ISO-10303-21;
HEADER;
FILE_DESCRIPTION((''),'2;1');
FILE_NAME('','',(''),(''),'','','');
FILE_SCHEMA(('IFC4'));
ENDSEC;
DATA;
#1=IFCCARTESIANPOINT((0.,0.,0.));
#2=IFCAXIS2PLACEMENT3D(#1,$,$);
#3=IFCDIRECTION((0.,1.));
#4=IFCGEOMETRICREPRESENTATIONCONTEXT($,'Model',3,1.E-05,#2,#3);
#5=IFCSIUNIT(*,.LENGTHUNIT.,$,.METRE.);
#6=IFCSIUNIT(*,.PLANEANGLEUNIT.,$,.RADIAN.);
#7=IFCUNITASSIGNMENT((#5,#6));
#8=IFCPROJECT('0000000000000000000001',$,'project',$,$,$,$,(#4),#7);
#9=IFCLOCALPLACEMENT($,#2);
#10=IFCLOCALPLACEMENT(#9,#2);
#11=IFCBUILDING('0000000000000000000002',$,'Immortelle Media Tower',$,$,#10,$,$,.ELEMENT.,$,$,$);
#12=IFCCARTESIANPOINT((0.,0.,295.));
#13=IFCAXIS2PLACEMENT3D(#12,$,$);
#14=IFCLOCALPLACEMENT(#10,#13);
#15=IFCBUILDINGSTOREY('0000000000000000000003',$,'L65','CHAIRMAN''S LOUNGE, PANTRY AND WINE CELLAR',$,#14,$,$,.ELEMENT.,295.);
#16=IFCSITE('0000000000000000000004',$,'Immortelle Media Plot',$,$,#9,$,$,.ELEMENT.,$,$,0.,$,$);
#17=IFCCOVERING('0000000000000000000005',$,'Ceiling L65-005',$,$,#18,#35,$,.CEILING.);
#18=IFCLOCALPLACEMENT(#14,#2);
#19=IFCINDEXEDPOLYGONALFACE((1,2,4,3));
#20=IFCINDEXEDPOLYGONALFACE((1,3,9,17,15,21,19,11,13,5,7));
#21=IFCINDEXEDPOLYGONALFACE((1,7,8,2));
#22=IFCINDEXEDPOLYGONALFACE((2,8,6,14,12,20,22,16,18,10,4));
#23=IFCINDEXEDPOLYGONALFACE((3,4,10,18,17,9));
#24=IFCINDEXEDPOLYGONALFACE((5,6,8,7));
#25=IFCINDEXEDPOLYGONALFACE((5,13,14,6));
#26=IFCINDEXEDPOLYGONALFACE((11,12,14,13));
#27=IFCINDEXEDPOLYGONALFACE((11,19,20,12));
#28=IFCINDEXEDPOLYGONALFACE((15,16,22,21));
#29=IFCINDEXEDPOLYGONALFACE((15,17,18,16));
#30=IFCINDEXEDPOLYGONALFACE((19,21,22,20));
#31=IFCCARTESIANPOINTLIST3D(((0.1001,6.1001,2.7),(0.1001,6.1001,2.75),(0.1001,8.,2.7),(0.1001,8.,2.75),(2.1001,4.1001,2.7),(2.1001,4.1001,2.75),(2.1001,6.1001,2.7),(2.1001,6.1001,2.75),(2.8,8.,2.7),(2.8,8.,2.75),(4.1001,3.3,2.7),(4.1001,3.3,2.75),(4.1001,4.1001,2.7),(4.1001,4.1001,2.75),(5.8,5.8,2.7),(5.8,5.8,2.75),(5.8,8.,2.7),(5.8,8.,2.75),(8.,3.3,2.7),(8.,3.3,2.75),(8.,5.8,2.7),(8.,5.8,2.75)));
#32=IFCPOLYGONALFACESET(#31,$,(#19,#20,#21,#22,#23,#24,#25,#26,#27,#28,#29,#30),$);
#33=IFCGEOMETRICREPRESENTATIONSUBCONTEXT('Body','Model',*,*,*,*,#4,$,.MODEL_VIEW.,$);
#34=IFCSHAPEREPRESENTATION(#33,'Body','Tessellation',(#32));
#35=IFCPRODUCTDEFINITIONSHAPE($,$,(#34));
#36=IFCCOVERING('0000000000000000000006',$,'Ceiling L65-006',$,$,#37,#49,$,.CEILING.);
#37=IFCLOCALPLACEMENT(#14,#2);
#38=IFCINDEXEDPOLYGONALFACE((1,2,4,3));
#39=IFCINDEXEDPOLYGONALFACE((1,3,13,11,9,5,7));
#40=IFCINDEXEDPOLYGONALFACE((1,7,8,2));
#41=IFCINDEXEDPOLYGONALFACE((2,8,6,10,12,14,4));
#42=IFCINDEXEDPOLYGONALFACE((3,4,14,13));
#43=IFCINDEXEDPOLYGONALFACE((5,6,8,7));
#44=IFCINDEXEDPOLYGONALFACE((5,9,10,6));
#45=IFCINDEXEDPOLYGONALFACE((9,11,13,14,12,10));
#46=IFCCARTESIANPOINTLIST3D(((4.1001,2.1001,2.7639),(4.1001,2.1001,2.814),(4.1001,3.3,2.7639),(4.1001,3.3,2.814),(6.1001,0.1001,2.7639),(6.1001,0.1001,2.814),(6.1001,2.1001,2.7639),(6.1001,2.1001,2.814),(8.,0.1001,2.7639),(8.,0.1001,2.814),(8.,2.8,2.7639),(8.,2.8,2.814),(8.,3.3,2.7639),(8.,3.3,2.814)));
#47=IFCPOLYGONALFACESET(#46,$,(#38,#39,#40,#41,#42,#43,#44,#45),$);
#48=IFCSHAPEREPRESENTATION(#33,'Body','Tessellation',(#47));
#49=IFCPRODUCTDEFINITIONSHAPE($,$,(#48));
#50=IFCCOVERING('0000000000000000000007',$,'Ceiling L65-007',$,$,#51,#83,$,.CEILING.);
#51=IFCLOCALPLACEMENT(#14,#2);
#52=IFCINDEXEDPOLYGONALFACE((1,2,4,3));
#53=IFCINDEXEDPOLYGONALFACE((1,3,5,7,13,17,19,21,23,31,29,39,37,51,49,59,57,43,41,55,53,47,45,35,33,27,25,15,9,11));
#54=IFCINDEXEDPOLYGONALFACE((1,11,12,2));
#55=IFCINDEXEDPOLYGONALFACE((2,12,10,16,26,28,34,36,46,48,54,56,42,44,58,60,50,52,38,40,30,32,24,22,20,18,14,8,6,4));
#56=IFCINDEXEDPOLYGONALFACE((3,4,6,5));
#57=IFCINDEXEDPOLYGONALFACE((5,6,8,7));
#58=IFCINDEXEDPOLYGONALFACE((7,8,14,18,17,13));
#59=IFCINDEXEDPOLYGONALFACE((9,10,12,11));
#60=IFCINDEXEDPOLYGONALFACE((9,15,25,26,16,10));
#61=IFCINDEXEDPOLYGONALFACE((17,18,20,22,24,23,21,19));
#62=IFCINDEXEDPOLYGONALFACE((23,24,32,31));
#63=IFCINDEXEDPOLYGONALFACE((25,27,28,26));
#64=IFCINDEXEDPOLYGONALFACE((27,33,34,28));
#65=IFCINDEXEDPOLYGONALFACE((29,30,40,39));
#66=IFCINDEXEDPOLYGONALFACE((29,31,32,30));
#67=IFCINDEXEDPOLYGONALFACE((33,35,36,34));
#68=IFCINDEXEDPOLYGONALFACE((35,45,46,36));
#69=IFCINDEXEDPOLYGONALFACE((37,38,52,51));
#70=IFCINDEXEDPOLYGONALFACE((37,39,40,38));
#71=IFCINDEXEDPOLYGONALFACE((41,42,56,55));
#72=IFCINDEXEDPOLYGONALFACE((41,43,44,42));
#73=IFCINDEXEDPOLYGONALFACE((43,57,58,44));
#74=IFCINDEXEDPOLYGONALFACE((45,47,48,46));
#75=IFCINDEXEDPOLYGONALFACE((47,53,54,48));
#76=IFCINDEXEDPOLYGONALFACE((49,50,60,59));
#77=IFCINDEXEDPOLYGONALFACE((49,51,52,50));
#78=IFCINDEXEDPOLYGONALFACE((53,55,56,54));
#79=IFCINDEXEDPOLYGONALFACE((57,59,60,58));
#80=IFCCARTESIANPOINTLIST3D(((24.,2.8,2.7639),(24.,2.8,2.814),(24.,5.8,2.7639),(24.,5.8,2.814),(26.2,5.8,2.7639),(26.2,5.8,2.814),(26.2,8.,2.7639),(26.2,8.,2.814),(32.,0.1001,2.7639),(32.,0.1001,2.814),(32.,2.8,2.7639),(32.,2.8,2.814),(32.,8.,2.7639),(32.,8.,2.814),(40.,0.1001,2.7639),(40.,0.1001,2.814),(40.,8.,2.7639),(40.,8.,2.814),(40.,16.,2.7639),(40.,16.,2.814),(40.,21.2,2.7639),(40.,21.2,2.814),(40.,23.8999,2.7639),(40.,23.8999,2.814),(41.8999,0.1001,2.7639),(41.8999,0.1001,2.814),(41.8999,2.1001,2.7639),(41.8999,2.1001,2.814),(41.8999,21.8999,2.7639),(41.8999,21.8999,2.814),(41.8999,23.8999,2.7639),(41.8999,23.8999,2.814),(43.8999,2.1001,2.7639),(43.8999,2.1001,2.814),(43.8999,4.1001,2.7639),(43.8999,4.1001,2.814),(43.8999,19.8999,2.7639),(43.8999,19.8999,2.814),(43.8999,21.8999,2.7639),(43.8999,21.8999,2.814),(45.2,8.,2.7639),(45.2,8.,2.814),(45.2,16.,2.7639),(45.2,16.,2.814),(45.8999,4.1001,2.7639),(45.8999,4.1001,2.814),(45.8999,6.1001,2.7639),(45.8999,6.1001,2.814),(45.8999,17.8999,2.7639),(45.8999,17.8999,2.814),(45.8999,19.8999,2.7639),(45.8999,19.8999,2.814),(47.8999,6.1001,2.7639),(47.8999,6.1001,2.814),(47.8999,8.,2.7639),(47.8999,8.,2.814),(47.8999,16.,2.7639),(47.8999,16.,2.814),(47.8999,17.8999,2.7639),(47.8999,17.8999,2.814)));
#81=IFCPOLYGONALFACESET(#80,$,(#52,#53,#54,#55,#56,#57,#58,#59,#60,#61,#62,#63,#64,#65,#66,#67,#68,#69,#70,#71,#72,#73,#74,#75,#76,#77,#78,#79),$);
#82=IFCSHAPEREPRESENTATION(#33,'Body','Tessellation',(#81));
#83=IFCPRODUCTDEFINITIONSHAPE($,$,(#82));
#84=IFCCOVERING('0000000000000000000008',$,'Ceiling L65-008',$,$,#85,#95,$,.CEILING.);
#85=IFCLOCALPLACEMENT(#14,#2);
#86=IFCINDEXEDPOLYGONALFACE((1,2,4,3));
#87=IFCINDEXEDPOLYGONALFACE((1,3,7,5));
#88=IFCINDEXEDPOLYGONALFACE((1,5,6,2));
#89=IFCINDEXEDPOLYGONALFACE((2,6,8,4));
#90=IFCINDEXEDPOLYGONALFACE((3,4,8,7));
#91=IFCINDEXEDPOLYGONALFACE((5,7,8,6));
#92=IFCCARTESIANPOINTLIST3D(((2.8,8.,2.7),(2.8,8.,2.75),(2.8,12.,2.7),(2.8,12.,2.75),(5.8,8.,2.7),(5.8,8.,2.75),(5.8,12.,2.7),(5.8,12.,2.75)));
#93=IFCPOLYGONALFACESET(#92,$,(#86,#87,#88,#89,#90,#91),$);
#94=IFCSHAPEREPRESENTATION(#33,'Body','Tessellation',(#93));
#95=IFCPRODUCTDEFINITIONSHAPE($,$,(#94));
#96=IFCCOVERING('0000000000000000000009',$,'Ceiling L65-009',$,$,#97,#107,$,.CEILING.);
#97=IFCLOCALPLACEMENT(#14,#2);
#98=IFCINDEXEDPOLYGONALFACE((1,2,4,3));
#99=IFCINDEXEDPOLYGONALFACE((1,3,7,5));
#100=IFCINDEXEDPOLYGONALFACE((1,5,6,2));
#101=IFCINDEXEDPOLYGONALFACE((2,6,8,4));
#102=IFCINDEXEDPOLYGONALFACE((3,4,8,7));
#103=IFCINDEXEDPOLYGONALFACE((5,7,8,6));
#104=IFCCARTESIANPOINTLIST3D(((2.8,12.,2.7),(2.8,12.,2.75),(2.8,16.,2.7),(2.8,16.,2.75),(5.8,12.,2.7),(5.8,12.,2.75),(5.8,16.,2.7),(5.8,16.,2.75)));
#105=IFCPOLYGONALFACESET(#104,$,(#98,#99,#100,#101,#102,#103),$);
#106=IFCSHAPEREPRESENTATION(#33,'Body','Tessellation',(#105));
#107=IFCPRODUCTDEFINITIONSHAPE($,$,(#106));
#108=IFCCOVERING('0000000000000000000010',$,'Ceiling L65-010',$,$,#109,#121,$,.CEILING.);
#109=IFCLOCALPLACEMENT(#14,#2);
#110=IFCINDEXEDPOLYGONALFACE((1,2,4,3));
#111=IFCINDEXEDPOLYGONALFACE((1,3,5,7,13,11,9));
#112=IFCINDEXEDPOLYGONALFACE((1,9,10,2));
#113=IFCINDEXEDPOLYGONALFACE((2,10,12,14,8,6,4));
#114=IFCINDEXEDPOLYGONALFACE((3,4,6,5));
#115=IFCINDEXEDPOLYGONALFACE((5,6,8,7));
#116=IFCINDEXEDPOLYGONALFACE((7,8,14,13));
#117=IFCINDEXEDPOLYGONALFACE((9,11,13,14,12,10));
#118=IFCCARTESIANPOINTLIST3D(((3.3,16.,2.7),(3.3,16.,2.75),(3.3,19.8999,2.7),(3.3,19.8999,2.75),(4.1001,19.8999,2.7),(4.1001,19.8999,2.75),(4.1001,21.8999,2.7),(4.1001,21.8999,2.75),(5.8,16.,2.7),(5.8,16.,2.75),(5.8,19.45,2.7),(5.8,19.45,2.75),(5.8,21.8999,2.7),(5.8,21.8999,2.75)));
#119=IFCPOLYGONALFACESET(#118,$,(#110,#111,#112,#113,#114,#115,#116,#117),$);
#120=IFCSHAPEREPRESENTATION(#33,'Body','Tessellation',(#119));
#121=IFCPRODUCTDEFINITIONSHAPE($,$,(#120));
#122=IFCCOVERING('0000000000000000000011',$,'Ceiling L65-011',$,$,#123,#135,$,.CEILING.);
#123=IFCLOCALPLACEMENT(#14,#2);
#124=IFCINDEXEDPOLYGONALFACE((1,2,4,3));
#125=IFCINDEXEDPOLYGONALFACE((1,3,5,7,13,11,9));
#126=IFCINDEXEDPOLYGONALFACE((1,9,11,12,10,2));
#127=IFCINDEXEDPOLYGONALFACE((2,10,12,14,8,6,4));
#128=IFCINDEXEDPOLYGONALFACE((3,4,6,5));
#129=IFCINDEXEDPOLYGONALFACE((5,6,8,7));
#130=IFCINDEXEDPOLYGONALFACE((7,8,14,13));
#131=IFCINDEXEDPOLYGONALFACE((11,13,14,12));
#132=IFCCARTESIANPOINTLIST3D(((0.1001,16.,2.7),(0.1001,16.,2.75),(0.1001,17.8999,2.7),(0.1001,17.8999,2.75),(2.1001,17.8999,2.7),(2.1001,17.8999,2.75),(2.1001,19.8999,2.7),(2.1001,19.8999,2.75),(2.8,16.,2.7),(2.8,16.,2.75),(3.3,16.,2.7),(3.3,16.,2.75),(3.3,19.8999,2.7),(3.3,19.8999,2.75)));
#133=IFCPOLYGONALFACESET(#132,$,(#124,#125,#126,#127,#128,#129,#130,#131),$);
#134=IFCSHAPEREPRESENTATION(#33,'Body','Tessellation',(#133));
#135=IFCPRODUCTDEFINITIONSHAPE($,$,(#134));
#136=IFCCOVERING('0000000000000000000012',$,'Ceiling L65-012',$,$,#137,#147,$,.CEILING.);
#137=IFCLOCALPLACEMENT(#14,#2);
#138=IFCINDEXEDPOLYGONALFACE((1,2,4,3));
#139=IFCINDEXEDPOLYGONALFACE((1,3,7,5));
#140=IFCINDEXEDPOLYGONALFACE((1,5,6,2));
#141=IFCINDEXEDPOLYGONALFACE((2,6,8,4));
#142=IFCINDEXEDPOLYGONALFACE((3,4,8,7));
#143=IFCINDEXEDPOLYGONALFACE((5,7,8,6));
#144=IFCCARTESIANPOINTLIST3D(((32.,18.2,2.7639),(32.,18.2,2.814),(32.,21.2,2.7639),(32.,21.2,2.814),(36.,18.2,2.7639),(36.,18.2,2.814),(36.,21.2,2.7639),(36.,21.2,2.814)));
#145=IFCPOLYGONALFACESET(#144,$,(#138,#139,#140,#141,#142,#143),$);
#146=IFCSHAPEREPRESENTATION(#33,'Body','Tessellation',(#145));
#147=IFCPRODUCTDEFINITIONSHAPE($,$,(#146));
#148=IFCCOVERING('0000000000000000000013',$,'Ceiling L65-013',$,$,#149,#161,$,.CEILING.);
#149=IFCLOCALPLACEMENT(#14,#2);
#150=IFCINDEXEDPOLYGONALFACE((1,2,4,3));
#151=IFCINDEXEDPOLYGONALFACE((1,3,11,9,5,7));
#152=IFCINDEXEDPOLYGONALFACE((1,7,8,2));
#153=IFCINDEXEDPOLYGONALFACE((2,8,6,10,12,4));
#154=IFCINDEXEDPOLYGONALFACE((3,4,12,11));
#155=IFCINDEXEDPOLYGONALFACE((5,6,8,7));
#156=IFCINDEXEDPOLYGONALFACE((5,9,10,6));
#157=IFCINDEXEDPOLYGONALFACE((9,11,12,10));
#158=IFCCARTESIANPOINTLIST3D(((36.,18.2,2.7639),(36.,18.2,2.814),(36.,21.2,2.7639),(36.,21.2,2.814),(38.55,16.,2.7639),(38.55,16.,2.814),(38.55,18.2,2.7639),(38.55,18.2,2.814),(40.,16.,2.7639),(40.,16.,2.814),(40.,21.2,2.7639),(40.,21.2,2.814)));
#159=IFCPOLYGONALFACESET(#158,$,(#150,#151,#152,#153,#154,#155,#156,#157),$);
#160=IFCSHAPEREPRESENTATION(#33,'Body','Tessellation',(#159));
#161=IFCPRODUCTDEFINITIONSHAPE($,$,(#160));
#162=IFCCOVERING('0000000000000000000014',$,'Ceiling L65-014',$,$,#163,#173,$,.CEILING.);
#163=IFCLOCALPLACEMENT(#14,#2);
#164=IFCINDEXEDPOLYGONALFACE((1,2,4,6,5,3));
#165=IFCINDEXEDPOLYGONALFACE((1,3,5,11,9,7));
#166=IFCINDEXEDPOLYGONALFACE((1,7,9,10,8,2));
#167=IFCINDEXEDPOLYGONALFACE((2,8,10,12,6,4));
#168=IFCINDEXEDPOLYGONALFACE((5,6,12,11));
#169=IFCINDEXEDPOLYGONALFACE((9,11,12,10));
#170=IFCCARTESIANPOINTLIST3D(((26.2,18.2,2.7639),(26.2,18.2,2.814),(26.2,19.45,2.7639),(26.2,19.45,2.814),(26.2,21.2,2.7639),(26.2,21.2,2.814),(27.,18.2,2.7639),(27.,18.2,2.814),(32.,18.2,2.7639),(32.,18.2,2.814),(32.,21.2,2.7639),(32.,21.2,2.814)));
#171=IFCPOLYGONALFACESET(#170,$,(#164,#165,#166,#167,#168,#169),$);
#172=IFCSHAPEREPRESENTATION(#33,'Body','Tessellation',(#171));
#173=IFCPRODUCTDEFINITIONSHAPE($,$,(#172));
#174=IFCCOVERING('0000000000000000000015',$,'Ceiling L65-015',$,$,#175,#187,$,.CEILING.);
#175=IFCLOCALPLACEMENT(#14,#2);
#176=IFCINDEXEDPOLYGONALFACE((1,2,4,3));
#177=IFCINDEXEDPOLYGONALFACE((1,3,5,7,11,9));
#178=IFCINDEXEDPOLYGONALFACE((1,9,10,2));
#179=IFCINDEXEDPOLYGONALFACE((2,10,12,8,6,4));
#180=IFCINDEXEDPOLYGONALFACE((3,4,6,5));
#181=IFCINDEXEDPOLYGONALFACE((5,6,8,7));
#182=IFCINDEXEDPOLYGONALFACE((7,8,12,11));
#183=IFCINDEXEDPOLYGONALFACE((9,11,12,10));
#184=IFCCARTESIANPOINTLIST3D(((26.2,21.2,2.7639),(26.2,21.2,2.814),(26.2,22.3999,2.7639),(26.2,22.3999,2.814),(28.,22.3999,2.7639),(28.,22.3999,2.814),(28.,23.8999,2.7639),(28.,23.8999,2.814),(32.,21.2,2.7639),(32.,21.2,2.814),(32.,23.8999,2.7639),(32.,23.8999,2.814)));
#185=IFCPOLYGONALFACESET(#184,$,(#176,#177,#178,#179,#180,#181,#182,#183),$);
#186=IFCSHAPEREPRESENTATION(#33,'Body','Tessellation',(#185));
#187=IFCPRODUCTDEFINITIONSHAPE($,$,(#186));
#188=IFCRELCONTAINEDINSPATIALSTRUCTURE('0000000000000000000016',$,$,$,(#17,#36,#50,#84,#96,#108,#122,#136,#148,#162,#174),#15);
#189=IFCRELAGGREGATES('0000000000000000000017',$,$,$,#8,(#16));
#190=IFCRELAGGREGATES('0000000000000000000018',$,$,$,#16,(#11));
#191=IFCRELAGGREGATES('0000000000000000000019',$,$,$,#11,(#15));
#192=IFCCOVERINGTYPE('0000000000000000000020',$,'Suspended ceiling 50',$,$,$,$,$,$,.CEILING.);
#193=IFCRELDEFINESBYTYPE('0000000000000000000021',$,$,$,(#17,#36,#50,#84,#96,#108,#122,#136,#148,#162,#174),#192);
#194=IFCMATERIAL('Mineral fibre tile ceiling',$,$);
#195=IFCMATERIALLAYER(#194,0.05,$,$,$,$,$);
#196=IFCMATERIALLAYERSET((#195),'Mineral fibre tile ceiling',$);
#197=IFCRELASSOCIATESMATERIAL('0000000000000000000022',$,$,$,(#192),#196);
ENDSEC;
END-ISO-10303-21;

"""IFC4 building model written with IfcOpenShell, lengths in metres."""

from ifc_helpers import new_model, si_unit, direction, frame, origin, place, context, subcontext, project, spatial, polyline, outline, extrude, material, layer, layer_set, type_object, element, save


model = new_model("IFC4")

# Units and contexts
model_context = context("Model", 3, precision=1e-05, world=origin(), true_north=direction((0.0, 1.0)))
body_context = subcontext(model_context, "Body", "Model", "MODEL_VIEW")
ifc_project = project(units=[si_unit("LENGTHUNIT", "METRE"), si_unit("PLANEANGLEUNIT", "RADIAN")], contexts=[model_context])

# Site, building, storey
site_placement = place(None, origin())
site = spatial("IfcSite", under=ifc_project, at=site_placement, Name="Immortelle Media Plot", CompositionType="ELEMENT", RefElevation=0.0)
building_placement = place(site_placement, origin())
building = spatial("IfcBuilding", under=site, at=building_placement, Name="Immortelle Media Tower", CompositionType="ELEMENT")
storey_placement = place(building_placement, frame((0.0, 0.0, 295.0)))
storey = spatial("IfcBuildingStorey", under=building, at=storey_placement, Name="L65", Description="CHAIRMAN'S LOUNGE, PANTRY AND WINE CELLAR", CompositionType="ELEMENT", Elevation=295.0)

# Coverings
ifc_material_1 = material(Name="Mineral fibre tile ceiling")
ifc_layer_1 = layer(ifc_material_1, 0.05)
ifc_layer_set_1 = layer_set([ifc_layer_1], Name="Mineral fibre tile ceiling")
covering_type = type_object("IfcCoveringType", Name="Suspended ceiling 50", PredefinedType="CEILING", material=ifc_layer_set_1)
covering_1_placement = place(storey_placement, frame((0.0, 0.0, 2.7)))
element("IfcCovering", 1, at=covering_1_placement, inside=storey, type_object=covering_type, Name="Ceiling L65-005", PredefinedType="CEILING", context=body_context, shape_type="SweptSolid", body=[
    extrude(outline(polyline([(4.1001, 4.1001), (2.1001, 4.1001), (2.1001, 6.1001), (0.1001, 6.1001), (0.1001, 8.0), (2.8, 8.0), (5.8, 8.0), (5.8, 5.8), (8.0, 5.8), (8.0, 3.3), (4.1001, 3.3), (4.1001, 4.1001)])), origin(), (0.0, 0.0, 1.0), 0.05),
])
covering_2_placement = place(storey_placement, frame((0.0, 0.0, 2.7639)))
element("IfcCovering", 2, at=covering_2_placement, inside=storey, type_object=covering_type, Name="Ceiling L65-006", PredefinedType="CEILING", context=body_context, shape_type="SweptSolid", body=[
    extrude(outline(polyline([(6.1001, 2.1001), (4.1001, 2.1001), (4.1001, 3.3), (8.0, 3.3), (8.0, 2.8), (8.0, 0.1001), (6.1001, 0.1001), (6.1001, 2.1001)])), origin(), (0.0, 0.0, 1.0), 0.05),
])
covering_3_placement = place(storey_placement, frame((0.0, 0.0, 2.7639)))
element("IfcCovering", 3, at=covering_3_placement, inside=storey, type_object=covering_type, Name="Ceiling L65-007", PredefinedType="CEILING", context=body_context, shape_type="SweptSolid", body=[
    extrude(outline(polyline([(26.2, 5.8), (26.2, 8.0), (32.0, 8.0), (40.0, 8.0), (40.0, 16.0), (40.0, 21.2), (40.0, 23.8999), (41.8999, 23.8999), (41.8999, 21.8999), (43.8999, 21.8999), (43.8999, 19.8999), (45.8999, 19.8999), (45.8999, 17.8999), (47.8999, 17.8999), (47.8999, 16.0), (45.2, 16.0), (45.2, 8.0), (47.8999, 8.0), (47.8999, 6.1001), (45.8999, 6.1001), (45.8999, 4.1001), (43.8999, 4.1001), (43.8999, 2.1001), (41.8999, 2.1001), (41.8999, 0.1001), (40.0, 0.1001), (32.0, 0.1001), (32.0, 2.8), (24.0, 2.8), (24.0, 5.8), (26.2, 5.8)])), origin(), (0.0, 0.0, 1.0), 0.05),
])
covering_4_placement = place(storey_placement, frame((0.0, 0.0, 2.7)))
element("IfcCovering", 4, at=covering_4_placement, inside=storey, type_object=covering_type, Name="Ceiling L65-008", PredefinedType="CEILING", context=body_context, shape_type="SweptSolid", body=[
    extrude(outline(polyline([(2.8, 8.0), (2.8, 12.0), (5.8, 12.0), (5.8, 8.0), (2.8, 8.0)])), origin(), (0.0, 0.0, 1.0), 0.05),
])
covering_5_placement = place(storey_placement, frame((0.0, 0.0, 2.7)))
element("IfcCovering", 5, at=covering_5_placement, inside=storey, type_object=covering_type, Name="Ceiling L65-009", PredefinedType="CEILING", context=body_context, shape_type="SweptSolid", body=[
    extrude(outline(polyline([(2.8, 16.0), (5.8, 16.0), (5.8, 12.0), (2.8, 12.0), (2.8, 16.0)])), origin(), (0.0, 0.0, 1.0), 0.05),
])
covering_6_placement = place(storey_placement, frame((0.0, 0.0, 2.7)))
element("IfcCovering", 6, at=covering_6_placement, inside=storey, type_object=covering_type, Name="Ceiling L65-010", PredefinedType="CEILING", context=body_context, shape_type="SweptSolid", body=[
    extrude(outline(polyline([(4.1001, 19.8999), (4.1001, 21.8999), (5.8, 21.8999), (5.8, 19.45), (5.8, 16.0), (3.3, 16.0), (3.3, 19.8999), (4.1001, 19.8999)])), origin(), (0.0, 0.0, 1.0), 0.05),
])
covering_7_placement = place(storey_placement, frame((0.0, 0.0, 2.7)))
element("IfcCovering", 7, at=covering_7_placement, inside=storey, type_object=covering_type, Name="Ceiling L65-011", PredefinedType="CEILING", context=body_context, shape_type="SweptSolid", body=[
    extrude(outline(polyline([(2.1001, 19.8999), (3.3, 19.8999), (3.3, 16.0), (2.8, 16.0), (0.1001, 16.0), (0.1001, 17.8999), (2.1001, 17.8999), (2.1001, 19.8999)])), origin(), (0.0, 0.0, 1.0), 0.05),
])
covering_8_placement = place(storey_placement, frame((0.0, 0.0, 2.7639)))
element("IfcCovering", 8, at=covering_8_placement, inside=storey, type_object=covering_type, Name="Ceiling L65-012", PredefinedType="CEILING", context=body_context, shape_type="SweptSolid", body=[
    extrude(outline(polyline([(32.0, 18.2), (32.0, 21.2), (36.0, 21.2), (36.0, 18.2), (32.0, 18.2)])), origin(), (0.0, 0.0, 1.0), 0.05),
])
covering_9_placement = place(storey_placement, frame((0.0, 0.0, 2.7639)))
element("IfcCovering", 9, at=covering_9_placement, inside=storey, type_object=covering_type, Name="Ceiling L65-013", PredefinedType="CEILING", context=body_context, shape_type="SweptSolid", body=[
    extrude(outline(polyline([(38.55, 18.2), (36.0, 18.2), (36.0, 21.2), (40.0, 21.2), (40.0, 16.0), (38.55, 16.0), (38.55, 18.2)])), origin(), (0.0, 0.0, 1.0), 0.05),
])
covering_10_placement = place(storey_placement, frame((0.0, 0.0, 2.7639)))
element("IfcCovering", 10, at=covering_10_placement, inside=storey, type_object=covering_type, Name="Ceiling L65-014", PredefinedType="CEILING", context=body_context, shape_type="SweptSolid", body=[
    extrude(outline(polyline([(26.2, 18.2), (26.2, 19.45), (26.2, 21.2), (32.0, 21.2), (32.0, 18.2), (27.0, 18.2), (26.2, 18.2)])), origin(), (0.0, 0.0, 1.0), 0.05),
])
covering_11_placement = place(storey_placement, frame((0.0, 0.0, 2.7639)))
element("IfcCovering", 11, at=covering_11_placement, inside=storey, type_object=covering_type, Name="Ceiling L65-015", PredefinedType="CEILING", context=body_context, shape_type="SweptSolid", body=[
    extrude(outline(polyline([(26.2, 22.3999), (28.0, 22.3999), (28.0, 23.8999), (32.0, 23.8999), (32.0, 21.2), (26.2, 21.2), (26.2, 22.3999)])), origin(), (0.0, 0.0, 1.0), 0.05),
])

save(model, "model.ifc")
